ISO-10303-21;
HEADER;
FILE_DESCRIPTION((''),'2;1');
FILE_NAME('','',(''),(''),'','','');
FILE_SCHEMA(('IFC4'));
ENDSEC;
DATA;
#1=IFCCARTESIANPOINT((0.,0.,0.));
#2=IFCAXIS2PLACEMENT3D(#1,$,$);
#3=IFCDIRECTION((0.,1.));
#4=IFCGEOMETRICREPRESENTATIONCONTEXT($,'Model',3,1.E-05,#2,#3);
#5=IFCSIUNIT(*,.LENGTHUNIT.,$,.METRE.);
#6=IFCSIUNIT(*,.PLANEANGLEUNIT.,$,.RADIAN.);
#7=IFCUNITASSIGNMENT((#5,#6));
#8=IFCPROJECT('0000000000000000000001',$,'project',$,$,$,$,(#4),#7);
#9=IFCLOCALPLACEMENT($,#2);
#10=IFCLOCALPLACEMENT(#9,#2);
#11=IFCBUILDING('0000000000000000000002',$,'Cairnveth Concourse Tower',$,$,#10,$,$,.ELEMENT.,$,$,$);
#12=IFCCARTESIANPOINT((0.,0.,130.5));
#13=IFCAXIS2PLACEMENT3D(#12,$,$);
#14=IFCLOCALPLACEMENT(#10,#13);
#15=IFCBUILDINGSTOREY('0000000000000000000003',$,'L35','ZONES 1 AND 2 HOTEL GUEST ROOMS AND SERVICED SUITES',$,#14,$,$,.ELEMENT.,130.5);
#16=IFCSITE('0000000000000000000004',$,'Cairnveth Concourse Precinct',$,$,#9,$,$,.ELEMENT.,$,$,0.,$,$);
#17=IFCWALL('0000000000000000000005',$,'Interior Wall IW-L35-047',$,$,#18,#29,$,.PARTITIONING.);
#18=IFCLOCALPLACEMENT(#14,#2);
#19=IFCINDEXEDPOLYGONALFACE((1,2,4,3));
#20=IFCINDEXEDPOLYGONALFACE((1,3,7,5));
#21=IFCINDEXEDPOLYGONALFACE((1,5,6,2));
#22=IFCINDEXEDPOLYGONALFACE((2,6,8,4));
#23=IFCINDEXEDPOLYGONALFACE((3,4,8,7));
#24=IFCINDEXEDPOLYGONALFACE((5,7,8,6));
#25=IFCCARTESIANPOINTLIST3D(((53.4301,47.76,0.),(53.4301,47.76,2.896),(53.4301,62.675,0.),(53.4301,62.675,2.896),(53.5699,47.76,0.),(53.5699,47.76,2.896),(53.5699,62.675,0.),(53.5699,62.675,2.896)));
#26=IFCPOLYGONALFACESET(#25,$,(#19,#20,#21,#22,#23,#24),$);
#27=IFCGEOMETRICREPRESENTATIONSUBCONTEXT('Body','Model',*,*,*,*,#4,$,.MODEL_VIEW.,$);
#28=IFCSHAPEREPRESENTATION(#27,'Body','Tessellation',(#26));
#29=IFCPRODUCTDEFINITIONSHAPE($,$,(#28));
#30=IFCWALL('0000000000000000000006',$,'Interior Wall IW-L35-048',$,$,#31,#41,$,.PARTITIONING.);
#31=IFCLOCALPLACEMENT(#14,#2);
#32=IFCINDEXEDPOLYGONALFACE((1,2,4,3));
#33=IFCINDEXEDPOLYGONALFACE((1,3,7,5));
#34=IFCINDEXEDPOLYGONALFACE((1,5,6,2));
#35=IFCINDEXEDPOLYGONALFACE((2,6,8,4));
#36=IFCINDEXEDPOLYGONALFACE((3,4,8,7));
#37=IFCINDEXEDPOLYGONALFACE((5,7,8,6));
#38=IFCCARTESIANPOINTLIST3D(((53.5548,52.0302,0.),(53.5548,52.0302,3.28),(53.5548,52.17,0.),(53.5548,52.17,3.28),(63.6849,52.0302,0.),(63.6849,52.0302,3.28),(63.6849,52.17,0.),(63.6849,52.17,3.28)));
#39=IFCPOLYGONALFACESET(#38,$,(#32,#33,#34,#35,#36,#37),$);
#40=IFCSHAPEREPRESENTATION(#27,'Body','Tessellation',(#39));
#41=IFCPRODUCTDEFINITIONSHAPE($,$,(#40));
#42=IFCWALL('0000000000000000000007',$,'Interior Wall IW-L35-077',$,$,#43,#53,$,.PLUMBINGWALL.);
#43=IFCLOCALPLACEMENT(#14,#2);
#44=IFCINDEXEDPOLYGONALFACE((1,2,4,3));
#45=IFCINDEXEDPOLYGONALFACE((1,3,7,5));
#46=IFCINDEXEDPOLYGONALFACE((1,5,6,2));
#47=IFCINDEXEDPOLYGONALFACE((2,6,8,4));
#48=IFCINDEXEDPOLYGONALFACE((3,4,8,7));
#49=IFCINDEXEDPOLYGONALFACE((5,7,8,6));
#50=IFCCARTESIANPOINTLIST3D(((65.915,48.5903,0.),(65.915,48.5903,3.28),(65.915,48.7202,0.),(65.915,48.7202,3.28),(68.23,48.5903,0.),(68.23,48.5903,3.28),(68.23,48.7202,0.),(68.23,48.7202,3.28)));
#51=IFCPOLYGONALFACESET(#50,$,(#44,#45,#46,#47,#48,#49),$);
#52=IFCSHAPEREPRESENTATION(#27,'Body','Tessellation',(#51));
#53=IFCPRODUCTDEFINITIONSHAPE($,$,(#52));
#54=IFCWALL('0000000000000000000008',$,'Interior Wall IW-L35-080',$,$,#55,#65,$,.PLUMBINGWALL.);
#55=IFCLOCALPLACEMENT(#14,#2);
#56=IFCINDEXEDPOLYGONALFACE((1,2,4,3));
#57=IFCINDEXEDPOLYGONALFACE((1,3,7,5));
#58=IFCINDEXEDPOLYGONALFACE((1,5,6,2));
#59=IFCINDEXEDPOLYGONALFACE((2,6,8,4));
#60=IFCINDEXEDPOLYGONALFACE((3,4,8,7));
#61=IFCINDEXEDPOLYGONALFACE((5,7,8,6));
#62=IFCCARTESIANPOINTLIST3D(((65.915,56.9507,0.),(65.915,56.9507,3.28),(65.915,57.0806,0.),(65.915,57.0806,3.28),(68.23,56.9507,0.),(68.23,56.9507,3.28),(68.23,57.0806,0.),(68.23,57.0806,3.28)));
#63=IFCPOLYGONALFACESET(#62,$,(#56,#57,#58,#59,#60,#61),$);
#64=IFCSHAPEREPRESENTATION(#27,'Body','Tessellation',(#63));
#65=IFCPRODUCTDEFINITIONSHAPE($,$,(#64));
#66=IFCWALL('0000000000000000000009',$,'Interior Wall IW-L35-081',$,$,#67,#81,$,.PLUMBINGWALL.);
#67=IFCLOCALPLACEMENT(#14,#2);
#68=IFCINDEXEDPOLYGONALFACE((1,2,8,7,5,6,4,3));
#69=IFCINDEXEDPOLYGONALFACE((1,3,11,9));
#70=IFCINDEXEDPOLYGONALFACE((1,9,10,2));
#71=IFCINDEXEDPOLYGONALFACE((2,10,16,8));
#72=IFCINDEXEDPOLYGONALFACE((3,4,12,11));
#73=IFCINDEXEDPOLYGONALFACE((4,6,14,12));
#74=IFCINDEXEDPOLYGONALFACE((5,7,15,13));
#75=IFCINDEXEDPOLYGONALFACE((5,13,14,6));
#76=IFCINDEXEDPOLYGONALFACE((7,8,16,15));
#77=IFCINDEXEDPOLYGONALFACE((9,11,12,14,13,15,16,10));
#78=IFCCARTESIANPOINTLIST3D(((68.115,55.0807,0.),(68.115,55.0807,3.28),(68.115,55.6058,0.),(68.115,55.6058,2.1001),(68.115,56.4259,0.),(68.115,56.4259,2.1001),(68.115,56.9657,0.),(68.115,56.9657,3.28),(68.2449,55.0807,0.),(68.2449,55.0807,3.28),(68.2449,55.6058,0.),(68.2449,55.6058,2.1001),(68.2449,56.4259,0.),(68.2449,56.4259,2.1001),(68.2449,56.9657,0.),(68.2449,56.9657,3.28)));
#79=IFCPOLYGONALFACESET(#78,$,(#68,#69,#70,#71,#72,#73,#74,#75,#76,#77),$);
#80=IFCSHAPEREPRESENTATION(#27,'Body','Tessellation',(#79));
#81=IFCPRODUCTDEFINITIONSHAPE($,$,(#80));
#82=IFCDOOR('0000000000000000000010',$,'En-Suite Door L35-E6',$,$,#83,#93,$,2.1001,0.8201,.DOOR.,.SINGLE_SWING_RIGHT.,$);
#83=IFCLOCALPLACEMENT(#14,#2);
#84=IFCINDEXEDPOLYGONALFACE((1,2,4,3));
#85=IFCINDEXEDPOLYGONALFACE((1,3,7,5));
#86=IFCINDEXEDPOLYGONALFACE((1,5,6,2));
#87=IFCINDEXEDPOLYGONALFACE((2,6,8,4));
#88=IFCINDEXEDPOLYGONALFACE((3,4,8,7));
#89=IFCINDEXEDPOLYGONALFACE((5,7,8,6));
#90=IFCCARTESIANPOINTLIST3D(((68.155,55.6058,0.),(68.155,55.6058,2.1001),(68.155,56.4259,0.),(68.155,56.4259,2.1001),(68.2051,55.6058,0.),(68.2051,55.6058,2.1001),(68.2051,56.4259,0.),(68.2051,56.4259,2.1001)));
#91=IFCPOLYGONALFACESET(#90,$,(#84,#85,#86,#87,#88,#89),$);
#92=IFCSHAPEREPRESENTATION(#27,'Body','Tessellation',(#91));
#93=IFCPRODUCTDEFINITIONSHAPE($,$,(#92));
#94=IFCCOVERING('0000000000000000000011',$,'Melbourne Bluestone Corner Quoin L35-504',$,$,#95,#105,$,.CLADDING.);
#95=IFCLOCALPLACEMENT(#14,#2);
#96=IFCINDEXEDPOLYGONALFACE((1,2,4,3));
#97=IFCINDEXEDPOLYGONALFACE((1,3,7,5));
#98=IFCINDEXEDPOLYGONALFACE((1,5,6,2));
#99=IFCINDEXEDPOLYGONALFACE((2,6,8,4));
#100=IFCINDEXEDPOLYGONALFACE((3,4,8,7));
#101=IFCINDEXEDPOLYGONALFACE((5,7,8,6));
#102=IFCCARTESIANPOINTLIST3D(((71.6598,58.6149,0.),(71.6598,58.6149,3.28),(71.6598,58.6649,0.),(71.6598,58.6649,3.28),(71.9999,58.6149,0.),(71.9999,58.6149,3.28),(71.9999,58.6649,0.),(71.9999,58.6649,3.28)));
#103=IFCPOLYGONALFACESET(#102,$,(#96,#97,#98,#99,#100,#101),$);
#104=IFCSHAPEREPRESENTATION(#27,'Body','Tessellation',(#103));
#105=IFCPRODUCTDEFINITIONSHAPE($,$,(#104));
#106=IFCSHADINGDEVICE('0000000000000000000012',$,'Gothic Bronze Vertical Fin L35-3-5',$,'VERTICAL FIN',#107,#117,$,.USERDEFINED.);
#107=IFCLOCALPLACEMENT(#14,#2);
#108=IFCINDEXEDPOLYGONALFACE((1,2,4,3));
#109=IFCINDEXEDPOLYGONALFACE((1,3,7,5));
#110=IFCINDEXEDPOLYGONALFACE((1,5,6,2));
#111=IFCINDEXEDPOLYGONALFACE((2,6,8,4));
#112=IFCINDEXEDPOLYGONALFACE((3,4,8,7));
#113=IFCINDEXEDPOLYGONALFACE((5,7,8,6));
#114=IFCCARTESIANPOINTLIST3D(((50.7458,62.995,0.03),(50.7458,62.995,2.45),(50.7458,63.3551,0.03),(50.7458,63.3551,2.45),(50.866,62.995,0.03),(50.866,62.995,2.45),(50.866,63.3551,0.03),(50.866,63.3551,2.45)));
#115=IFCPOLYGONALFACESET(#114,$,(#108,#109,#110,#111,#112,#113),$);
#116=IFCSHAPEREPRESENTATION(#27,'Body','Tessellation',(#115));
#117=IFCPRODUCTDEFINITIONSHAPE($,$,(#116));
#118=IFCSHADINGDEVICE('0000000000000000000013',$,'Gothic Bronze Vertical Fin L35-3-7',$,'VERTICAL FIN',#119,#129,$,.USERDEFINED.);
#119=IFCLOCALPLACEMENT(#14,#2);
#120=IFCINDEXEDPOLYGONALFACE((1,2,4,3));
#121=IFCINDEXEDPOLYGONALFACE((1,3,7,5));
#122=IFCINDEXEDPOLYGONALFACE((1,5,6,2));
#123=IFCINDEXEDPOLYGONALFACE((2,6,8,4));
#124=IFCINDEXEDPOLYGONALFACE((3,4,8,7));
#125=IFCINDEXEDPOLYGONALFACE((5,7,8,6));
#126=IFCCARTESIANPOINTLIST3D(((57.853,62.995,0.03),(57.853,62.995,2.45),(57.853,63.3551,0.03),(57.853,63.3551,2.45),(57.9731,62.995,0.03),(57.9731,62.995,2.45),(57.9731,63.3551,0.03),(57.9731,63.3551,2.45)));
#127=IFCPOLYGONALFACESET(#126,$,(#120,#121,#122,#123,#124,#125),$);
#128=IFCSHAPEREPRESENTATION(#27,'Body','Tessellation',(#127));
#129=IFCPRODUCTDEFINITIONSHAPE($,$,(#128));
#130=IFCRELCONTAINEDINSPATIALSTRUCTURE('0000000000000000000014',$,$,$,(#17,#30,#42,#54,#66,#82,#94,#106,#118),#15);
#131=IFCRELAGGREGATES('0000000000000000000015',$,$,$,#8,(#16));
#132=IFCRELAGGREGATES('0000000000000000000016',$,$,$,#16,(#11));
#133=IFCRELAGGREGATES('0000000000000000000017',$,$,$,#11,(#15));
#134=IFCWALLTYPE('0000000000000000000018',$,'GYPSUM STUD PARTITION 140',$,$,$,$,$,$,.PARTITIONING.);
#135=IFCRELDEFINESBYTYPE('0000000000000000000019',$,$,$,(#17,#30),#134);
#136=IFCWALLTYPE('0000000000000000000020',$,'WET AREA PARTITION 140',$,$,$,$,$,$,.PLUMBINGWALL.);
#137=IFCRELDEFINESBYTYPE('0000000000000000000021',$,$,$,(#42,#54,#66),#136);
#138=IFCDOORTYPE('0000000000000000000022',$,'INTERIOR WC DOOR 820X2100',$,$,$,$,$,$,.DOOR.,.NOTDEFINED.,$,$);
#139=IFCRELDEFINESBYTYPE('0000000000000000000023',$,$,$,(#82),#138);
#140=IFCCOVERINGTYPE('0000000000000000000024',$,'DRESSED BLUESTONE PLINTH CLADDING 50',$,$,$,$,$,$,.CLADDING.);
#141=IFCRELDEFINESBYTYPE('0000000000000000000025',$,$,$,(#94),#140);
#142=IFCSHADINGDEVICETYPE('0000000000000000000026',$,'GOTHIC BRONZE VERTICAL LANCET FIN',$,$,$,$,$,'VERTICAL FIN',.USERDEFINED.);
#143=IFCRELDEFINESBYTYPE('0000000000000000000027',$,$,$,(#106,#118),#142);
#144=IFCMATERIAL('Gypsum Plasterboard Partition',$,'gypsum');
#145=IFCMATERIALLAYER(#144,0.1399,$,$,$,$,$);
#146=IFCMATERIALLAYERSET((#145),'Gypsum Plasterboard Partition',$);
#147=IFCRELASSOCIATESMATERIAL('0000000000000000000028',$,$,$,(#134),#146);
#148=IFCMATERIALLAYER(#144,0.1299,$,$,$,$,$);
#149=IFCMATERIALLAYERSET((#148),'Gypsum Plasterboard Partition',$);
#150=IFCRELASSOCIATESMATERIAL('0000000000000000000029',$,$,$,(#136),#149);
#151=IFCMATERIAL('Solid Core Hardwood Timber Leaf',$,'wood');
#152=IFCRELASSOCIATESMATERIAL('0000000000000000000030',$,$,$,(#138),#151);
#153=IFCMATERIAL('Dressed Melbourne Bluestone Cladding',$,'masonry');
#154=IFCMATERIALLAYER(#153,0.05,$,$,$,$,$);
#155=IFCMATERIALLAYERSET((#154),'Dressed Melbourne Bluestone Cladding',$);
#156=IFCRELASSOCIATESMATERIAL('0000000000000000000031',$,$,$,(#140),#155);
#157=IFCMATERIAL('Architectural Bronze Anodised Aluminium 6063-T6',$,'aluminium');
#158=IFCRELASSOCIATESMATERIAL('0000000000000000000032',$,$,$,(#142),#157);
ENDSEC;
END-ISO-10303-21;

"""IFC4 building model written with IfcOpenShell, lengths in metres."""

from ifc_helpers import new_model, si_unit, direction, frame, frame_2d, origin, origin_2d, place, context, subcontext, project, spatial, rectangle, extrude, material, layer, layer_set, type_object, element, fill, save


model = new_model("IFC4")

# Units and contexts
model_context = context("Model", 3, precision=1e-05, world=origin(), true_north=direction((0.0, 1.0)))
body_context = subcontext(model_context, "Body", "Model", "MODEL_VIEW")
ifc_project = project(units=[si_unit("LENGTHUNIT", "METRE"), si_unit("PLANEANGLEUNIT", "RADIAN")], contexts=[model_context])

# Site, building, storey
site_placement = place(None, origin())
site = spatial("IfcSite", under=ifc_project, at=site_placement, Name="Cairnveth Concourse Precinct", CompositionType="ELEMENT", RefElevation=0.0)
building_placement = place(site_placement, origin())
building = spatial("IfcBuilding", under=site, at=building_placement, Name="Cairnveth Concourse Tower", CompositionType="ELEMENT")
storey_placement = place(building_placement, frame((0.0, 0.0, 130.5)))
storey = spatial("IfcBuildingStorey", under=building, at=storey_placement, Name="L35", Description="ZONES 1 AND 2 HOTEL GUEST ROOMS AND SERVICED SUITES", CompositionType="ELEMENT", Elevation=130.5)

# Shared definitions
ifc_material_1 = material(Name="Gypsum Plasterboard Partition", Category="gypsum")
ifc_material_2 = material(Name="Solid Core Hardwood Timber Leaf", Category="wood")

# Walls
ifc_layer_1 = layer(ifc_material_1, 0.1399)
ifc_layer_set_1 = layer_set([ifc_layer_1], Name="Gypsum Plasterboard Partition")
wall_type_1 = type_object("IfcWallType", Name="GYPSUM STUD PARTITION 140", PredefinedType="PARTITIONING", material=ifc_layer_set_1)
wall_1_placement = place(storey_placement, frame((53.5, 47.76, 0.0), z_axis=(0.0, 0.0, 1.0), x_axis=(0.0, 1.0, 0.0)))
element("IfcWall", 1, at=wall_1_placement, inside=storey, type_object=wall_type_1, Name="Interior Wall IW-L35-047", PredefinedType="PARTITIONING", context=body_context, shape_type="SweptSolid", body=[
    extrude(rectangle(XDim=14.915, YDim=0.1399, at=frame_2d((7.4575, 0.0))), origin(), (0.0, 0.0, 1.0), 2.896),
])
wall_2_placement = place(storey_placement, frame((53.5549, 52.1001, 0.0), z_axis=(0.0, 0.0, 1.0), x_axis=(1.0, 0.0, 0.0)))
element("IfcWall", 2, at=wall_2_placement, inside=storey, type_object=wall_type_1, Name="Interior Wall IW-L35-048", PredefinedType="PARTITIONING", context=body_context, shape_type="SweptSolid", body=[
    extrude(rectangle(XDim=10.1301, YDim=0.1399, at=frame_2d((5.0649, 0.0))), origin(), (0.0, 0.0, 1.0), 3.28),
])
ifc_layer_2 = layer(ifc_material_1, 0.1299)
ifc_layer_set_2 = layer_set([ifc_layer_2], Name="Gypsum Plasterboard Partition")
wall_type_2 = type_object("IfcWallType", Name="WET AREA PARTITION 140", PredefinedType="PLUMBINGWALL", material=ifc_layer_set_2)
for number, where, z_axis, x_axis, name in (
    (3, (65.915, 48.6553, 0.0), (0.0, 0.0, 1.0), (1.0, 0.0, 0.0), "Interior Wall IW-L35-077"),
    (4, (65.915, 57.0156, 0.0), (0.0, 0.0, 1.0), (1.0, 0.0, 0.0), "Interior Wall IW-L35-080"),
):
    element("IfcWall", number, at=place(storey_placement, frame(where, z_axis=z_axis, x_axis=x_axis)), inside=storey, type_object=wall_type_2, Name=name, PredefinedType="PLUMBINGWALL", context=body_context, shape_type="SweptSolid", body=[
        extrude(rectangle(XDim=2.3149, YDim=0.1299, at=frame_2d((1.1575, 0.0))), origin(), (0.0, 0.0, 1.0), 3.28),
    ])

# Wall, opening, door
wall_3_placement = place(storey_placement, frame((68.1799, 55.0808, 0.0), z_axis=(0.0, 0.0, 1.0), x_axis=(0.0, 1.0, 0.0)))
wall_3 = element("IfcWall", 5, at=wall_3_placement, inside=storey, type_object=wall_type_2, Name="Interior Wall IW-L35-081", PredefinedType="PLUMBINGWALL", context=body_context, shape_type="SweptSolid", body=[
    extrude(rectangle(XDim=1.885, YDim=0.1299, at=frame_2d((0.9424, 0.0))), origin(), (0.0, 0.0, 1.0), 3.28),
])
opening_1_placement = place(wall_3_placement, frame((0.5249, 0.0, 0.0)))
opening_1 = element("IfcOpeningElement", 6, at=opening_1_placement, cuts=wall_3, PredefinedType="OPENING", context=body_context, shape_type="SweptSolid", body=[
    extrude(rectangle(XDim=0.8201, YDim=2.1001, at=frame_2d((0.4102, 1.05))), frame((0.0, 0.075, 0.0), z_axis=(0.0, -1.0, 0.0), x_axis=(1.0, 0.0, 0.0)), (0.0, 0.0, 1.0), 0.1499),
])
door_type_1 = type_object("IfcDoorType", Name="INTERIOR WC DOOR 820X2100", OperationType="NOTDEFINED", PredefinedType="DOOR", material=ifc_material_2)
door_1_placement = place(opening_1_placement, origin())
door_1 = element("IfcDoor", 7, at=door_1_placement, inside=storey, type_object=door_type_1, Name="En-Suite Door L35-E6", OperationType="SINGLE_SWING_RIGHT", OverallHeight=2.1001, OverallWidth=0.8201, PredefinedType="DOOR", context=body_context, shape_type="SweptSolid", body=[
    extrude(rectangle(XDim=0.8201, YDim=2.1001, at=frame_2d((0.4102, 1.05))), frame((0.0, 0.0249, 0.0), z_axis=(0.0, -1.0, 0.0), x_axis=(1.0, 0.0, 0.0)), (0.0, 0.0, 1.0), 0.05),
])
fill(opening_1, door_1)

# Covering
ifc_material_3 = material(Name="Dressed Melbourne Bluestone Cladding", Category="masonry")
ifc_layer_3 = layer(ifc_material_3, 0.05)
ifc_layer_set_3 = layer_set([ifc_layer_3], Name="Dressed Melbourne Bluestone Cladding")
covering_type = type_object("IfcCoveringType", Name="DRESSED BLUESTONE PLINTH CLADDING 50", PredefinedType="CLADDING", material=ifc_layer_set_3)
covering_placement = place(storey_placement, frame((71.6599, 58.6399, 0.0), z_axis=(0.0, 0.0, 1.0), x_axis=(1.0, 0.0, 0.0)))
element("IfcCovering", 8, at=covering_placement, inside=storey, type_object=covering_type, Name="Melbourne Bluestone Corner Quoin L35-504", PredefinedType="CLADDING", context=body_context, shape_type="SweptSolid", body=[
    extrude(rectangle(XDim=0.3401, YDim=0.05, at=frame_2d((0.1699, 0.0))), origin(), (0.0, 0.0, 1.0), 3.28),
])

# Shading devices
ifc_material_4 = material(Name="Architectural Bronze Anodised Aluminium 6063-T6", Category="aluminium")
shading_device_type = type_object("IfcShadingDeviceType", Name="GOTHIC BRONZE VERTICAL LANCET FIN", ElementType="VERTICAL FIN", PredefinedType="USERDEFINED", material=ifc_material_4)
for number, where, z_axis, x_axis, name in (
    (9, (50.8059, 63.175, 0.03), (0.0, 0.0, 1.0), (1.0, 0.0, 0.0), "Gothic Bronze Vertical Fin L35-3-5"),
    (10, (57.9131, 63.175, 0.03), (0.0, 0.0, 1.0), (1.0, 0.0, 0.0), "Gothic Bronze Vertical Fin L35-3-7"),
):
    element("IfcShadingDevice", number, at=place(storey_placement, frame(where, z_axis=z_axis, x_axis=x_axis)), inside=storey, type_object=shading_device_type, Name=name, ObjectType="VERTICAL FIN", PredefinedType="USERDEFINED", context=body_context, shape_type="SweptSolid", body=[
        extrude(rectangle(XDim=0.1201, YDim=0.3601, at=origin_2d()), origin(), (0.0, 0.0, 1.0), 2.4199),
    ])

save(model, "model.ifc")
